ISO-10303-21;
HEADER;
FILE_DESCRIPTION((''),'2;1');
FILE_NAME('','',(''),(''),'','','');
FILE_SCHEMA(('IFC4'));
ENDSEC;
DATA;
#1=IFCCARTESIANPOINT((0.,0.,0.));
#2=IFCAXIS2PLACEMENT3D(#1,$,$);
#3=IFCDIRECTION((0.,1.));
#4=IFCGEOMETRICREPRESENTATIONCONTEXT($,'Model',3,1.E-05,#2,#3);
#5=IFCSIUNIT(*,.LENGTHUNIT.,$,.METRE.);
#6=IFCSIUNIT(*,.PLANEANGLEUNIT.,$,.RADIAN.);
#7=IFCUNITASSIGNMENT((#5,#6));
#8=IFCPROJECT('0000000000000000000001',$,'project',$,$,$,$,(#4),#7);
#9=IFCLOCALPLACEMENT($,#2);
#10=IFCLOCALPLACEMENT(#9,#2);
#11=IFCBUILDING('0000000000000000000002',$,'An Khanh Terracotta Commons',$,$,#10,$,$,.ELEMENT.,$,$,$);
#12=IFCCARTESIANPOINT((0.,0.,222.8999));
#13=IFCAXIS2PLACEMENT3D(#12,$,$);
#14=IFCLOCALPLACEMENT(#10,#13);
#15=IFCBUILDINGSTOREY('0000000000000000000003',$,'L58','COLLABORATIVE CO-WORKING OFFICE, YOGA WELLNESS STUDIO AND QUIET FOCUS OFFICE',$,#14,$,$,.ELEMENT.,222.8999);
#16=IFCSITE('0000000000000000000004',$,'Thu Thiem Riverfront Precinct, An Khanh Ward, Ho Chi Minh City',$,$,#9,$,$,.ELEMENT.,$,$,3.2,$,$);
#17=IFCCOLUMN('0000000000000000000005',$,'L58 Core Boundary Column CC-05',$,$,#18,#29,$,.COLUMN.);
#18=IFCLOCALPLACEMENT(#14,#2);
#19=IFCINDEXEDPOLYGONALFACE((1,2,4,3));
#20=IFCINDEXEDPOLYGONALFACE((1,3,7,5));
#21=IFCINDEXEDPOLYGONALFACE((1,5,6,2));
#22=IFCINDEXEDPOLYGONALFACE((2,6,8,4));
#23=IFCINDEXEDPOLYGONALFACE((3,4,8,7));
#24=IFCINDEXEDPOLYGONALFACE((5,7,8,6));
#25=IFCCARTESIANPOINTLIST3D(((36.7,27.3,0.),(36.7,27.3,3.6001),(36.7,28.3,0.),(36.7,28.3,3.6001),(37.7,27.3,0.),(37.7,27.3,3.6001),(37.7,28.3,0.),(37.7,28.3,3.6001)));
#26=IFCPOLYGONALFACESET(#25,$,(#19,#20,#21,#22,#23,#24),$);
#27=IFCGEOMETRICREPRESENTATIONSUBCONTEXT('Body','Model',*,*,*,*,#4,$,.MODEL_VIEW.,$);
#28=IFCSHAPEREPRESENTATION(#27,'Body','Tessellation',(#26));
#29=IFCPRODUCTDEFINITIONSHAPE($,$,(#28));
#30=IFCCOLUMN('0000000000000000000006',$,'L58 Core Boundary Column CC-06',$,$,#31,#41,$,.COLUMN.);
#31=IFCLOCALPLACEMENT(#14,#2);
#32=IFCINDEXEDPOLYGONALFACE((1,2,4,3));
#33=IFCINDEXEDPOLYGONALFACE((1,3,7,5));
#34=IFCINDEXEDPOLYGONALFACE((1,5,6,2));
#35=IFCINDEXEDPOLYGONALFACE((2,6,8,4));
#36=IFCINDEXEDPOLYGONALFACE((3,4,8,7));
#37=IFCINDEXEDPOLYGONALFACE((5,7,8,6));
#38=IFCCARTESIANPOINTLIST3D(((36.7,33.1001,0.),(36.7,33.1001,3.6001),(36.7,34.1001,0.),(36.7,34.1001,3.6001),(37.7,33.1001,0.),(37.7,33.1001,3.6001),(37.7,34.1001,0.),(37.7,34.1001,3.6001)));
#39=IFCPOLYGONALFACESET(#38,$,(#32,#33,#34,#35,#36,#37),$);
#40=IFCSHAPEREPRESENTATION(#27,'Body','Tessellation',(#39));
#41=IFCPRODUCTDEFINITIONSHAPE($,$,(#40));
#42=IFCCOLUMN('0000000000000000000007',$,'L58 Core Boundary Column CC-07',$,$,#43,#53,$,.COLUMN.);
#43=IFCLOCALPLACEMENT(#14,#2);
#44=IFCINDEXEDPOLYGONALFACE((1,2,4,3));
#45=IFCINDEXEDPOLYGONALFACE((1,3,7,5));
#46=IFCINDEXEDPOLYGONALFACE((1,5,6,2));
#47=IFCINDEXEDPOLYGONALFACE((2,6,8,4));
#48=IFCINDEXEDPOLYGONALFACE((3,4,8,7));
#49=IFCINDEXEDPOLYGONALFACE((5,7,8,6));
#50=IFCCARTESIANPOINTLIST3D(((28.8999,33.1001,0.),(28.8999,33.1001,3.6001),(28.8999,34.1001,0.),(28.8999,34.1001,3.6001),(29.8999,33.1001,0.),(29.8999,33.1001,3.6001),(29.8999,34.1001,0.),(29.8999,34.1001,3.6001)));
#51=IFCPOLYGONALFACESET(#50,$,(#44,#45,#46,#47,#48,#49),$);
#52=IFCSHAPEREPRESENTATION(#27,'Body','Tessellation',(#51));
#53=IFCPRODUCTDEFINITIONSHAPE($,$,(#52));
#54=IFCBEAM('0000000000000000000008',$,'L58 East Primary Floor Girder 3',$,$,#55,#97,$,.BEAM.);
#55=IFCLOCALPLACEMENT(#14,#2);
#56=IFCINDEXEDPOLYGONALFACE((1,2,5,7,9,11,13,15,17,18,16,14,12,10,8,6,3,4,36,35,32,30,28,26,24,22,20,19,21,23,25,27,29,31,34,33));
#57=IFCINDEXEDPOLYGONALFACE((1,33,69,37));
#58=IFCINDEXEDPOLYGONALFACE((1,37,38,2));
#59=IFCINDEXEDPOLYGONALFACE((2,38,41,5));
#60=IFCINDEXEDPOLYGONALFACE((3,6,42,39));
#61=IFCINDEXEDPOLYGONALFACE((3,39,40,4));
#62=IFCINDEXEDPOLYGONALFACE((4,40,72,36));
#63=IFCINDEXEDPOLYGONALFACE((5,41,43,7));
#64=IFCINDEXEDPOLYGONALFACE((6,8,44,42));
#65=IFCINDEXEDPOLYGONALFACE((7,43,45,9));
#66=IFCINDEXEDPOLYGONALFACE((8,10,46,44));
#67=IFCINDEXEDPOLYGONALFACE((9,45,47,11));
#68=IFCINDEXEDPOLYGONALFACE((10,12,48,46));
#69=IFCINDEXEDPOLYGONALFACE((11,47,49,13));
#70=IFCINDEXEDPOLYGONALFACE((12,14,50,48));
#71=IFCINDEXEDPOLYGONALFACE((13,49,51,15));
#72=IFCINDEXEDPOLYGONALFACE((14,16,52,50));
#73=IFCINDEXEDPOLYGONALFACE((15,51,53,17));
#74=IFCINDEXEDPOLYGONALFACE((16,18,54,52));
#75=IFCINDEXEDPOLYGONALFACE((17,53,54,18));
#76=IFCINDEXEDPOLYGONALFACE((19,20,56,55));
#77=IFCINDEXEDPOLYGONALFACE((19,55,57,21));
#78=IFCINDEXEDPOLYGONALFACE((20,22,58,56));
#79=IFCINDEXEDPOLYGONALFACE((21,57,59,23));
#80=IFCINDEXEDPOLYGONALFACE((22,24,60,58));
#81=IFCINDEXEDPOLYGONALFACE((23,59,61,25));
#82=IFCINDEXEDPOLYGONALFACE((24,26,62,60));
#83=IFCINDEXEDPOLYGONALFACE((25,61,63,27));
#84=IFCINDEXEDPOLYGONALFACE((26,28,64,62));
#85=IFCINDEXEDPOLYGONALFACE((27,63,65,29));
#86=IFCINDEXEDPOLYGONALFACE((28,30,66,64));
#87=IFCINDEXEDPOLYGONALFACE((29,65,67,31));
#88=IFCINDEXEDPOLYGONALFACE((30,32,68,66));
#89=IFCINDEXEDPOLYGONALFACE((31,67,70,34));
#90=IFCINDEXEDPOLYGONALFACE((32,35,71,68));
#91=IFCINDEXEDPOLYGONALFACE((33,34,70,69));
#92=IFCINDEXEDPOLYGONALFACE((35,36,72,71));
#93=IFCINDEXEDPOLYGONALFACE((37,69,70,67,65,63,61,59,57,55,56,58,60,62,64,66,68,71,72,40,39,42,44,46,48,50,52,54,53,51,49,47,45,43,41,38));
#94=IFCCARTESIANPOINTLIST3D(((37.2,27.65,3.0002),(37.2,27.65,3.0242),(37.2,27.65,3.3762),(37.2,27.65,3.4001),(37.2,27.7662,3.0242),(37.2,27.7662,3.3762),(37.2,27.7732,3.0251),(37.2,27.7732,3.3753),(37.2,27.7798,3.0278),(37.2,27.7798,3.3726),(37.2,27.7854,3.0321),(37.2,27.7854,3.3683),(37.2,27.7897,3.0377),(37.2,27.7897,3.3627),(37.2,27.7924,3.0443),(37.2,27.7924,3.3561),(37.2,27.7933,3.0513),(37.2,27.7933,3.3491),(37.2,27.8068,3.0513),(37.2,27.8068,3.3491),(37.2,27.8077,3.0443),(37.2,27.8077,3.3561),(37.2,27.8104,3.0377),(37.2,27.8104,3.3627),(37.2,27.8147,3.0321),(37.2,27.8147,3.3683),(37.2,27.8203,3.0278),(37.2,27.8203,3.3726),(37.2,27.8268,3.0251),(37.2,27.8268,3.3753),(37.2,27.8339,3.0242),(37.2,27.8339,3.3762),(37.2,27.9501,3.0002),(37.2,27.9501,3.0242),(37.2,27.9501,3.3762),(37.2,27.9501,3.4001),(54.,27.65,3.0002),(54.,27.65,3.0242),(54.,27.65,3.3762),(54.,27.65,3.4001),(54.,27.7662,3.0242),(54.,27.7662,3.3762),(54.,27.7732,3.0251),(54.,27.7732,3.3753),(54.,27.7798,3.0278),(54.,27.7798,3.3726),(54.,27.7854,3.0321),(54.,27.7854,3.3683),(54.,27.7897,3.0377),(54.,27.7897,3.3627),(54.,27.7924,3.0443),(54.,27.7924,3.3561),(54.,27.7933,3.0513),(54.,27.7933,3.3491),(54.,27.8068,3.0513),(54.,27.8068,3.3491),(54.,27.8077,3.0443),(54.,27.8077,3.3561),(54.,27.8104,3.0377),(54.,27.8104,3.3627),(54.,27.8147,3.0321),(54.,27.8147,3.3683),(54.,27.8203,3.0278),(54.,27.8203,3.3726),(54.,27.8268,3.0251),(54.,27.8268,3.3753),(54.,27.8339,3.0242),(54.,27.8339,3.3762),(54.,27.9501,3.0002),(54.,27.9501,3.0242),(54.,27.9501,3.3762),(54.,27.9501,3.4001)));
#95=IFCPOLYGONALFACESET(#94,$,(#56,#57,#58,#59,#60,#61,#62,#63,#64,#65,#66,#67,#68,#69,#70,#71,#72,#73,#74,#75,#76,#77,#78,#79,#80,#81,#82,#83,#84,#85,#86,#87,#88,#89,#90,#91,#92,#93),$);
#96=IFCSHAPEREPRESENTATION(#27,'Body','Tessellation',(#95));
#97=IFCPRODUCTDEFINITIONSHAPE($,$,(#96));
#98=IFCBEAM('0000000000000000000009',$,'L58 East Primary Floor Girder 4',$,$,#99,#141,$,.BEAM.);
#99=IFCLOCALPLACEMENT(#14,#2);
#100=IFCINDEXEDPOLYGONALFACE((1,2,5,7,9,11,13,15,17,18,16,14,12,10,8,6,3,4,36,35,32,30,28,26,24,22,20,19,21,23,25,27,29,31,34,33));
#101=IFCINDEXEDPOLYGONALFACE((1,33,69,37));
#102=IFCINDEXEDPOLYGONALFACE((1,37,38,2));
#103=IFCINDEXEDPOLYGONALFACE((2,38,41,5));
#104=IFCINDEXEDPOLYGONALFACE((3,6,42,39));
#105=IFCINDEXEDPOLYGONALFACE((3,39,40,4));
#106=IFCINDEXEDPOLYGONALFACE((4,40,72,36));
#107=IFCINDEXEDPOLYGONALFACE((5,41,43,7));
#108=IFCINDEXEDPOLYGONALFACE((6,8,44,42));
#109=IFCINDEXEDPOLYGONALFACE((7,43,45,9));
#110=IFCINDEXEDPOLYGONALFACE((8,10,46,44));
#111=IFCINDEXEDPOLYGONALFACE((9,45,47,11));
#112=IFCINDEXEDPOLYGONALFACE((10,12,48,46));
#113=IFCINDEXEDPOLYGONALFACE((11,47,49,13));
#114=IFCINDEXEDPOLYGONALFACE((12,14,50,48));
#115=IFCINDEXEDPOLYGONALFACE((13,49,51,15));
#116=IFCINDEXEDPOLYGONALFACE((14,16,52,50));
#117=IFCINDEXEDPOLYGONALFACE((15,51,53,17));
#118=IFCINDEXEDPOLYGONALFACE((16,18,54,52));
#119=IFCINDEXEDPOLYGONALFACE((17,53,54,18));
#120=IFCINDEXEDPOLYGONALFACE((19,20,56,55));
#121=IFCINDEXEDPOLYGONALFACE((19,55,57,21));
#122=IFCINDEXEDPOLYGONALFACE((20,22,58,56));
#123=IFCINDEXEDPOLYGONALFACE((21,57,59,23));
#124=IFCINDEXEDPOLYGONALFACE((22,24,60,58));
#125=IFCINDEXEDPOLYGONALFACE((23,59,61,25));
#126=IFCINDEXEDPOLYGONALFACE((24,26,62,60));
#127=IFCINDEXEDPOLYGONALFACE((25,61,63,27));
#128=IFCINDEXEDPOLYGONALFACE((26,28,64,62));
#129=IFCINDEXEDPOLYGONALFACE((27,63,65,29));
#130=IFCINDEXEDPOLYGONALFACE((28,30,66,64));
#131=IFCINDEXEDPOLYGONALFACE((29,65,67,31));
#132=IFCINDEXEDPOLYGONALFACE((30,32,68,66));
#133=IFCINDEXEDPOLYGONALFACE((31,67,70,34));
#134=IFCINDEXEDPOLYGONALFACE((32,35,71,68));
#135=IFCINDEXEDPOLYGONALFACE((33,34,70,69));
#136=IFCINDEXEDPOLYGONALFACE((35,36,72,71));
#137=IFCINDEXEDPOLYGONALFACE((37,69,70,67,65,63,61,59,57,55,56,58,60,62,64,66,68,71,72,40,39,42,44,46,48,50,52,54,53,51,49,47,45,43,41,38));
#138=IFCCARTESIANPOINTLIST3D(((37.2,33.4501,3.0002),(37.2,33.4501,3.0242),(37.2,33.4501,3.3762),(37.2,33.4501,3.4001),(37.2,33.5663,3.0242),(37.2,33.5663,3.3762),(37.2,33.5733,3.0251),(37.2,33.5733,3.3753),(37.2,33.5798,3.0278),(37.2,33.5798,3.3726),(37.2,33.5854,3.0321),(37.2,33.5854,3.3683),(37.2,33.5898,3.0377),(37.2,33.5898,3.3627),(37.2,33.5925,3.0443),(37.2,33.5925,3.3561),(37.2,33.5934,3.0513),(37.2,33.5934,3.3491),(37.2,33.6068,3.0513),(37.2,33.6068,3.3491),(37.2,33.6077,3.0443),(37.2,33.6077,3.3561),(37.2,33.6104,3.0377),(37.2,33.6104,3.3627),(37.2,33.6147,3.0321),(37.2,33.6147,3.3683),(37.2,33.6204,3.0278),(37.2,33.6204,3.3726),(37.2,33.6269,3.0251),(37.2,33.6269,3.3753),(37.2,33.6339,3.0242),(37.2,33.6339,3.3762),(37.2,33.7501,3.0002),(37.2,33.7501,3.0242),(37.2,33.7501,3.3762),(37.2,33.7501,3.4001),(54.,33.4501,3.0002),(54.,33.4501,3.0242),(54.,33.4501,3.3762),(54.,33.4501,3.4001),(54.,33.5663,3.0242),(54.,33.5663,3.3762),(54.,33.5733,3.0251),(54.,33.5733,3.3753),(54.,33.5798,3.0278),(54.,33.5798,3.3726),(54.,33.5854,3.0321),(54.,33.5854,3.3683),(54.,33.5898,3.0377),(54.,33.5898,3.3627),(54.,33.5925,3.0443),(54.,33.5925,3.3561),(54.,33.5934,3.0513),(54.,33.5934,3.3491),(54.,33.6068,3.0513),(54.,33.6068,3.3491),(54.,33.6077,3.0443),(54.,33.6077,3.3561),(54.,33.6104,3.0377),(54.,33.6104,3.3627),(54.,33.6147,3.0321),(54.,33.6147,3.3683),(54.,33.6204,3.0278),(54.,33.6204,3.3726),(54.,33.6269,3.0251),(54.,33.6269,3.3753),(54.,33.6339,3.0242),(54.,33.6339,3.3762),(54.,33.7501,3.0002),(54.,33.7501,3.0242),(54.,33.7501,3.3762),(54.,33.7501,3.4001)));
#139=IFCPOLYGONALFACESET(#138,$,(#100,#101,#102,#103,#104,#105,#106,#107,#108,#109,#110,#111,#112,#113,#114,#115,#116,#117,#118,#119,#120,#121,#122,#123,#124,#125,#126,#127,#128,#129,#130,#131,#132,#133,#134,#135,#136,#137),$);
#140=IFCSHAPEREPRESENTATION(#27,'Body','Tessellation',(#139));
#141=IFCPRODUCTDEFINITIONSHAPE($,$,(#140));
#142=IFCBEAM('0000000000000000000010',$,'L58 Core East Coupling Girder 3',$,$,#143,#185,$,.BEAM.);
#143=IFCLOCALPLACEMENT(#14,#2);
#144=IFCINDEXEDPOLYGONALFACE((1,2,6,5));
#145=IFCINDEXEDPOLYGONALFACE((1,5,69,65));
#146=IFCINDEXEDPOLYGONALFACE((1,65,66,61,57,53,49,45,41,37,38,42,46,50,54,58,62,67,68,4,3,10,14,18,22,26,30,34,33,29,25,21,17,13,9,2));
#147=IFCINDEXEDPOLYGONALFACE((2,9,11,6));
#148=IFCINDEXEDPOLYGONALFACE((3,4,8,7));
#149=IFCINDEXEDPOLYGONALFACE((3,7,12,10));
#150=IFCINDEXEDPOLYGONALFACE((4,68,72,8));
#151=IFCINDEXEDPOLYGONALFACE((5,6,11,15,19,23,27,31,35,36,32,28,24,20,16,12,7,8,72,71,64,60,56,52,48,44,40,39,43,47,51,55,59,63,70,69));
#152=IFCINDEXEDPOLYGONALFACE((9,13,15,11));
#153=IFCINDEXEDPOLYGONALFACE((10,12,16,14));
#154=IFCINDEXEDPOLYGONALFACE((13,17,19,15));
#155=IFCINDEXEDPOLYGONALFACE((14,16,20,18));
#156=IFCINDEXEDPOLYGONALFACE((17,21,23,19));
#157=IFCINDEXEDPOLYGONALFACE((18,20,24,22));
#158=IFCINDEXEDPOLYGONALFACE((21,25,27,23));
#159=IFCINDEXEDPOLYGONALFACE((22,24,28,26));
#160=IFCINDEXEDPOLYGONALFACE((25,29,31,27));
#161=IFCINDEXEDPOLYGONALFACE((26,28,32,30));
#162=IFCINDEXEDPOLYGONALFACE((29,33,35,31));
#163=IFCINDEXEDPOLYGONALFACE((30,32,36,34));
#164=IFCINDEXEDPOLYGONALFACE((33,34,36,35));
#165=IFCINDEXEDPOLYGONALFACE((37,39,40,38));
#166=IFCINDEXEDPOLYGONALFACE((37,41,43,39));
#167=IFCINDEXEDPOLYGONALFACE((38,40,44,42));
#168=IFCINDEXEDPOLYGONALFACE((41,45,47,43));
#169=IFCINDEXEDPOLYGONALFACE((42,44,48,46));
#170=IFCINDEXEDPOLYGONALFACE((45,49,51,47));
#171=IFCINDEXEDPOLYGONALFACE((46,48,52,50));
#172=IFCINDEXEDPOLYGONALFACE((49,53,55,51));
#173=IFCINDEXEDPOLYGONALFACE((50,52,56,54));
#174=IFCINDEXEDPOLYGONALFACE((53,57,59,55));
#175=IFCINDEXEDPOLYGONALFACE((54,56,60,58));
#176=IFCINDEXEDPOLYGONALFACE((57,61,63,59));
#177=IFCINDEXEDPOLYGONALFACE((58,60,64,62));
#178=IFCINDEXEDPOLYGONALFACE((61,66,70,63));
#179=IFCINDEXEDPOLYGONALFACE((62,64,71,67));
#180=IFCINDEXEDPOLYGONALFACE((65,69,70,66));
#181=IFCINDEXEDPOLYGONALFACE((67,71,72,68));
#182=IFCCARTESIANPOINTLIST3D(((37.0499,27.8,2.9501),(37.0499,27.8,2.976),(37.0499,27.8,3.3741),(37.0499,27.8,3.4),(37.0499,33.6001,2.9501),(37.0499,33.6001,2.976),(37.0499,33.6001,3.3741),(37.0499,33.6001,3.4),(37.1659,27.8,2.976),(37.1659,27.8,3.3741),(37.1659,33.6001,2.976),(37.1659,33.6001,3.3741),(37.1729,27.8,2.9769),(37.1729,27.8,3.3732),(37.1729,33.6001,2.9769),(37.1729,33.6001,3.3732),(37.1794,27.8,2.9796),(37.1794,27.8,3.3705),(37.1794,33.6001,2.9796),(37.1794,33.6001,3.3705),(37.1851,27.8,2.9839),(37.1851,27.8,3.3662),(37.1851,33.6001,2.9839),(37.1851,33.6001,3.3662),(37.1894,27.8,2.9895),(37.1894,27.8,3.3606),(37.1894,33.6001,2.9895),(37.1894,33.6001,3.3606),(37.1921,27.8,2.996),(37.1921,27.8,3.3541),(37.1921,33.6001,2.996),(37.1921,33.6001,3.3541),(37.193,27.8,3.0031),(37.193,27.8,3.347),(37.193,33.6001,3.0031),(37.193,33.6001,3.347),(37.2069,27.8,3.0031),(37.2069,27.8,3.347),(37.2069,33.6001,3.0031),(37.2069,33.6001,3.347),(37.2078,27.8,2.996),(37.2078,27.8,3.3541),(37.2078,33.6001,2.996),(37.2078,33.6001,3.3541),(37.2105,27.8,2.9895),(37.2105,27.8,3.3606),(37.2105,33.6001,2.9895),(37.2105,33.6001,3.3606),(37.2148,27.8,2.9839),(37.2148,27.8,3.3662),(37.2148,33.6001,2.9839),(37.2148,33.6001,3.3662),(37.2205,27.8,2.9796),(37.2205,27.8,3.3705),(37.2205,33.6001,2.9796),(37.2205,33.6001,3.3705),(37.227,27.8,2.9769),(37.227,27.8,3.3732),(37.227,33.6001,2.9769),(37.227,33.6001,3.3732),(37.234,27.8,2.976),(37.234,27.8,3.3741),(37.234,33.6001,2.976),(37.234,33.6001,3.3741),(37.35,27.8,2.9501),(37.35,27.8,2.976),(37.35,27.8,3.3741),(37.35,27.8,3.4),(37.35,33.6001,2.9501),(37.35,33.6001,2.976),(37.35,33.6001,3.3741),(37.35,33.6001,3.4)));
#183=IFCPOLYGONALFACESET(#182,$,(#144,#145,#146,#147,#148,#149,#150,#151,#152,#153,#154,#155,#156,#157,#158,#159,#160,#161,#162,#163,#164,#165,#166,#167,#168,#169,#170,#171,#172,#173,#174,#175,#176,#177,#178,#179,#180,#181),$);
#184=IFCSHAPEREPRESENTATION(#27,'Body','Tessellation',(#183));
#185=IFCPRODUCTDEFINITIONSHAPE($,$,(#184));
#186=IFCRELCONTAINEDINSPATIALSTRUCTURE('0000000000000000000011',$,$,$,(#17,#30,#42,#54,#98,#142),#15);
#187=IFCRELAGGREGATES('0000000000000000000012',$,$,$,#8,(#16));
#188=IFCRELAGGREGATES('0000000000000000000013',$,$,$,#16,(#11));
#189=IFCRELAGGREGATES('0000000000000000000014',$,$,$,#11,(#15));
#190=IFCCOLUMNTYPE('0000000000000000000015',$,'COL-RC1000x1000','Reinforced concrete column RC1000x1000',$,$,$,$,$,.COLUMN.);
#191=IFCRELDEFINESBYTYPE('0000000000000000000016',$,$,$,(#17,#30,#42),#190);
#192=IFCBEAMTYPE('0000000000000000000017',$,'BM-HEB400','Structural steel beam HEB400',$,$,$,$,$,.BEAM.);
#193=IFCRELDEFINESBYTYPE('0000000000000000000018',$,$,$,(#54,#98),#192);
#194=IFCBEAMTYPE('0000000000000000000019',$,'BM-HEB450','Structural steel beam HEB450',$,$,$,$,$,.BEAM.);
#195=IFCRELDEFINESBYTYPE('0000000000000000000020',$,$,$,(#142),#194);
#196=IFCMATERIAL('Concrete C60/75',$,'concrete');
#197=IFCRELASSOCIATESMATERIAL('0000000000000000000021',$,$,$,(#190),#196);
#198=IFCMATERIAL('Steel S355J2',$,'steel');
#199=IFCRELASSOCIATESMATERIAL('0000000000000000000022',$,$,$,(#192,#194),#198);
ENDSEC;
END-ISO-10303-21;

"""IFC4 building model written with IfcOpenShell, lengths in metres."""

from ifc_helpers import new_model, si_unit, direction, frame, origin, origin_2d, place, context, subcontext, project, spatial, rectangle, i_section, extrude, material, material_profile, profile_set, type_object, element, save


model = new_model("IFC4")

# Units and contexts
model_context = context("Model", 3, precision=1e-05, world=origin(), true_north=direction((0.0, 1.0)))
body_context = subcontext(model_context, "Body", "Model", "MODEL_VIEW")
ifc_project = project(units=[si_unit("LENGTHUNIT", "METRE"), si_unit("PLANEANGLEUNIT", "RADIAN")], contexts=[model_context])

# Site, building, storey
site_placement = place(None, origin())
site = spatial("IfcSite", under=ifc_project, at=site_placement, Name="Thu Thiem Riverfront Precinct, An Khanh Ward, Ho Chi Minh City", CompositionType="ELEMENT", RefElevation=3.2)
building_placement = place(site_placement, origin())
building = spatial("IfcBuilding", under=site, at=building_placement, Name="An Khanh Terracotta Commons", CompositionType="ELEMENT")
storey_placement = place(building_placement, frame((0.0, 0.0, 222.8999)))
storey = spatial("IfcBuildingStorey", under=building, at=storey_placement, Name="L58", Description="COLLABORATIVE CO-WORKING OFFICE, YOGA WELLNESS STUDIO AND QUIET FOCUS OFFICE", CompositionType="ELEMENT", Elevation=222.8999)

# Columns
ifc_material_1 = material(Name="Concrete C60/75", Category="concrete")
ifc_material_profile_1 = material_profile(ifc_material_1, rectangle(XDim=1.0, YDim=1.0, at=origin_2d()), Name="RC1000x1000")
ifc_profile_set_1 = profile_set([ifc_material_profile_1], Name="Concrete C60/75")
column_type = type_object("IfcColumnType", Name="COL-RC1000x1000", Description="Reinforced concrete column RC1000x1000", PredefinedType="COLUMN", material=ifc_profile_set_1)
for number, where, z_axis, x_axis, name in (
    (1, (37.2, 27.8, 0.0), (0.0, 0.0, 1.0), (1.0, 0.0, 0.0), "L58 Core Boundary Column CC-05"),
    (2, (37.2, 33.6001, 0.0), (0.0, 0.0, 1.0), (1.0, 0.0, 0.0), "L58 Core Boundary Column CC-06"),
    (3, (29.3999, 33.6001, 0.0), (0.0, 0.0, 1.0), (1.0, 0.0, 0.0), "L58 Core Boundary Column CC-07"),
):
    element("IfcColumn", number, at=place(storey_placement, frame(where, z_axis=z_axis, x_axis=x_axis)), inside=storey, type_object=column_type, Name=name, PredefinedType="COLUMN", context=body_context, shape_type="SweptSolid", body=[
        extrude(rectangle(XDim=1.0, YDim=1.0, at=origin_2d()), origin(), (0.0, 0.0, 1.0), 3.6001),
    ])

# Beams
ifc_material_2 = material(Name="Steel S355J2", Category="steel")
ifc_material_profile_2 = material_profile(ifc_material_2, i_section(OverallWidth=0.3, OverallDepth=0.3999, WebThickness=0.0134, FlangeThickness=0.0239, FilletRadius=0.0271, at=origin_2d()), Name="HEB400")
ifc_profile_set_2 = profile_set([ifc_material_profile_2], Name="Steel S355J2")
beam_type_1 = type_object("IfcBeamType", Name="BM-HEB400", Description="Structural steel beam HEB400", PredefinedType="BEAM", material=ifc_profile_set_2)
for number, where, z_axis, x_axis, name in (
    (4, (37.2, 27.8, 3.2002), (1.0, 0.0, 0.0), (0.0, 1.0, 0.0), "L58 East Primary Floor Girder 3"),
    (5, (37.2, 33.6001, 3.2002), (1.0, 0.0, 0.0), (0.0, 1.0, 0.0), "L58 East Primary Floor Girder 4"),
):
    element("IfcBeam", number, at=place(storey_placement, frame(where, z_axis=z_axis, x_axis=x_axis)), inside=storey, type_object=beam_type_1, Name=name, PredefinedType="BEAM", context=body_context, shape_type="SweptSolid", body=[
        extrude(i_section(OverallWidth=0.3, OverallDepth=0.3999, WebThickness=0.0134, FlangeThickness=0.0239, FilletRadius=0.0271, at=origin_2d()), origin(), (0.0, 0.0, 1.0), 16.8),
    ])
ifc_material_profile_3 = material_profile(ifc_material_2, i_section(OverallWidth=0.3, OverallDepth=0.45, WebThickness=0.0139, FlangeThickness=0.0259, FilletRadius=0.0271, at=origin_2d()), Name="HEB450")
ifc_profile_set_3 = profile_set([ifc_material_profile_3], Name="Steel S355J2")
beam_type_2 = type_object("IfcBeamType", Name="BM-HEB450", Description="Structural steel beam HEB450", PredefinedType="BEAM", material=ifc_profile_set_3)
beam_placement = place(storey_placement, frame((37.2, 27.8, 3.175), z_axis=(0.0, 1.0, 0.0), x_axis=(-1.0, 0.0, 0.0)))
element("IfcBeam", 6, at=beam_placement, inside=storey, type_object=beam_type_2, Name="L58 Core East Coupling Girder 3", PredefinedType="BEAM", context=body_context, shape_type="SweptSolid", body=[
    extrude(i_section(OverallWidth=0.3, OverallDepth=0.45, WebThickness=0.0139, FlangeThickness=0.0259, FilletRadius=0.0271, at=origin_2d()), origin(), (0.0, 0.0, 1.0), 5.8),
])

save(model, "model.ifc")
